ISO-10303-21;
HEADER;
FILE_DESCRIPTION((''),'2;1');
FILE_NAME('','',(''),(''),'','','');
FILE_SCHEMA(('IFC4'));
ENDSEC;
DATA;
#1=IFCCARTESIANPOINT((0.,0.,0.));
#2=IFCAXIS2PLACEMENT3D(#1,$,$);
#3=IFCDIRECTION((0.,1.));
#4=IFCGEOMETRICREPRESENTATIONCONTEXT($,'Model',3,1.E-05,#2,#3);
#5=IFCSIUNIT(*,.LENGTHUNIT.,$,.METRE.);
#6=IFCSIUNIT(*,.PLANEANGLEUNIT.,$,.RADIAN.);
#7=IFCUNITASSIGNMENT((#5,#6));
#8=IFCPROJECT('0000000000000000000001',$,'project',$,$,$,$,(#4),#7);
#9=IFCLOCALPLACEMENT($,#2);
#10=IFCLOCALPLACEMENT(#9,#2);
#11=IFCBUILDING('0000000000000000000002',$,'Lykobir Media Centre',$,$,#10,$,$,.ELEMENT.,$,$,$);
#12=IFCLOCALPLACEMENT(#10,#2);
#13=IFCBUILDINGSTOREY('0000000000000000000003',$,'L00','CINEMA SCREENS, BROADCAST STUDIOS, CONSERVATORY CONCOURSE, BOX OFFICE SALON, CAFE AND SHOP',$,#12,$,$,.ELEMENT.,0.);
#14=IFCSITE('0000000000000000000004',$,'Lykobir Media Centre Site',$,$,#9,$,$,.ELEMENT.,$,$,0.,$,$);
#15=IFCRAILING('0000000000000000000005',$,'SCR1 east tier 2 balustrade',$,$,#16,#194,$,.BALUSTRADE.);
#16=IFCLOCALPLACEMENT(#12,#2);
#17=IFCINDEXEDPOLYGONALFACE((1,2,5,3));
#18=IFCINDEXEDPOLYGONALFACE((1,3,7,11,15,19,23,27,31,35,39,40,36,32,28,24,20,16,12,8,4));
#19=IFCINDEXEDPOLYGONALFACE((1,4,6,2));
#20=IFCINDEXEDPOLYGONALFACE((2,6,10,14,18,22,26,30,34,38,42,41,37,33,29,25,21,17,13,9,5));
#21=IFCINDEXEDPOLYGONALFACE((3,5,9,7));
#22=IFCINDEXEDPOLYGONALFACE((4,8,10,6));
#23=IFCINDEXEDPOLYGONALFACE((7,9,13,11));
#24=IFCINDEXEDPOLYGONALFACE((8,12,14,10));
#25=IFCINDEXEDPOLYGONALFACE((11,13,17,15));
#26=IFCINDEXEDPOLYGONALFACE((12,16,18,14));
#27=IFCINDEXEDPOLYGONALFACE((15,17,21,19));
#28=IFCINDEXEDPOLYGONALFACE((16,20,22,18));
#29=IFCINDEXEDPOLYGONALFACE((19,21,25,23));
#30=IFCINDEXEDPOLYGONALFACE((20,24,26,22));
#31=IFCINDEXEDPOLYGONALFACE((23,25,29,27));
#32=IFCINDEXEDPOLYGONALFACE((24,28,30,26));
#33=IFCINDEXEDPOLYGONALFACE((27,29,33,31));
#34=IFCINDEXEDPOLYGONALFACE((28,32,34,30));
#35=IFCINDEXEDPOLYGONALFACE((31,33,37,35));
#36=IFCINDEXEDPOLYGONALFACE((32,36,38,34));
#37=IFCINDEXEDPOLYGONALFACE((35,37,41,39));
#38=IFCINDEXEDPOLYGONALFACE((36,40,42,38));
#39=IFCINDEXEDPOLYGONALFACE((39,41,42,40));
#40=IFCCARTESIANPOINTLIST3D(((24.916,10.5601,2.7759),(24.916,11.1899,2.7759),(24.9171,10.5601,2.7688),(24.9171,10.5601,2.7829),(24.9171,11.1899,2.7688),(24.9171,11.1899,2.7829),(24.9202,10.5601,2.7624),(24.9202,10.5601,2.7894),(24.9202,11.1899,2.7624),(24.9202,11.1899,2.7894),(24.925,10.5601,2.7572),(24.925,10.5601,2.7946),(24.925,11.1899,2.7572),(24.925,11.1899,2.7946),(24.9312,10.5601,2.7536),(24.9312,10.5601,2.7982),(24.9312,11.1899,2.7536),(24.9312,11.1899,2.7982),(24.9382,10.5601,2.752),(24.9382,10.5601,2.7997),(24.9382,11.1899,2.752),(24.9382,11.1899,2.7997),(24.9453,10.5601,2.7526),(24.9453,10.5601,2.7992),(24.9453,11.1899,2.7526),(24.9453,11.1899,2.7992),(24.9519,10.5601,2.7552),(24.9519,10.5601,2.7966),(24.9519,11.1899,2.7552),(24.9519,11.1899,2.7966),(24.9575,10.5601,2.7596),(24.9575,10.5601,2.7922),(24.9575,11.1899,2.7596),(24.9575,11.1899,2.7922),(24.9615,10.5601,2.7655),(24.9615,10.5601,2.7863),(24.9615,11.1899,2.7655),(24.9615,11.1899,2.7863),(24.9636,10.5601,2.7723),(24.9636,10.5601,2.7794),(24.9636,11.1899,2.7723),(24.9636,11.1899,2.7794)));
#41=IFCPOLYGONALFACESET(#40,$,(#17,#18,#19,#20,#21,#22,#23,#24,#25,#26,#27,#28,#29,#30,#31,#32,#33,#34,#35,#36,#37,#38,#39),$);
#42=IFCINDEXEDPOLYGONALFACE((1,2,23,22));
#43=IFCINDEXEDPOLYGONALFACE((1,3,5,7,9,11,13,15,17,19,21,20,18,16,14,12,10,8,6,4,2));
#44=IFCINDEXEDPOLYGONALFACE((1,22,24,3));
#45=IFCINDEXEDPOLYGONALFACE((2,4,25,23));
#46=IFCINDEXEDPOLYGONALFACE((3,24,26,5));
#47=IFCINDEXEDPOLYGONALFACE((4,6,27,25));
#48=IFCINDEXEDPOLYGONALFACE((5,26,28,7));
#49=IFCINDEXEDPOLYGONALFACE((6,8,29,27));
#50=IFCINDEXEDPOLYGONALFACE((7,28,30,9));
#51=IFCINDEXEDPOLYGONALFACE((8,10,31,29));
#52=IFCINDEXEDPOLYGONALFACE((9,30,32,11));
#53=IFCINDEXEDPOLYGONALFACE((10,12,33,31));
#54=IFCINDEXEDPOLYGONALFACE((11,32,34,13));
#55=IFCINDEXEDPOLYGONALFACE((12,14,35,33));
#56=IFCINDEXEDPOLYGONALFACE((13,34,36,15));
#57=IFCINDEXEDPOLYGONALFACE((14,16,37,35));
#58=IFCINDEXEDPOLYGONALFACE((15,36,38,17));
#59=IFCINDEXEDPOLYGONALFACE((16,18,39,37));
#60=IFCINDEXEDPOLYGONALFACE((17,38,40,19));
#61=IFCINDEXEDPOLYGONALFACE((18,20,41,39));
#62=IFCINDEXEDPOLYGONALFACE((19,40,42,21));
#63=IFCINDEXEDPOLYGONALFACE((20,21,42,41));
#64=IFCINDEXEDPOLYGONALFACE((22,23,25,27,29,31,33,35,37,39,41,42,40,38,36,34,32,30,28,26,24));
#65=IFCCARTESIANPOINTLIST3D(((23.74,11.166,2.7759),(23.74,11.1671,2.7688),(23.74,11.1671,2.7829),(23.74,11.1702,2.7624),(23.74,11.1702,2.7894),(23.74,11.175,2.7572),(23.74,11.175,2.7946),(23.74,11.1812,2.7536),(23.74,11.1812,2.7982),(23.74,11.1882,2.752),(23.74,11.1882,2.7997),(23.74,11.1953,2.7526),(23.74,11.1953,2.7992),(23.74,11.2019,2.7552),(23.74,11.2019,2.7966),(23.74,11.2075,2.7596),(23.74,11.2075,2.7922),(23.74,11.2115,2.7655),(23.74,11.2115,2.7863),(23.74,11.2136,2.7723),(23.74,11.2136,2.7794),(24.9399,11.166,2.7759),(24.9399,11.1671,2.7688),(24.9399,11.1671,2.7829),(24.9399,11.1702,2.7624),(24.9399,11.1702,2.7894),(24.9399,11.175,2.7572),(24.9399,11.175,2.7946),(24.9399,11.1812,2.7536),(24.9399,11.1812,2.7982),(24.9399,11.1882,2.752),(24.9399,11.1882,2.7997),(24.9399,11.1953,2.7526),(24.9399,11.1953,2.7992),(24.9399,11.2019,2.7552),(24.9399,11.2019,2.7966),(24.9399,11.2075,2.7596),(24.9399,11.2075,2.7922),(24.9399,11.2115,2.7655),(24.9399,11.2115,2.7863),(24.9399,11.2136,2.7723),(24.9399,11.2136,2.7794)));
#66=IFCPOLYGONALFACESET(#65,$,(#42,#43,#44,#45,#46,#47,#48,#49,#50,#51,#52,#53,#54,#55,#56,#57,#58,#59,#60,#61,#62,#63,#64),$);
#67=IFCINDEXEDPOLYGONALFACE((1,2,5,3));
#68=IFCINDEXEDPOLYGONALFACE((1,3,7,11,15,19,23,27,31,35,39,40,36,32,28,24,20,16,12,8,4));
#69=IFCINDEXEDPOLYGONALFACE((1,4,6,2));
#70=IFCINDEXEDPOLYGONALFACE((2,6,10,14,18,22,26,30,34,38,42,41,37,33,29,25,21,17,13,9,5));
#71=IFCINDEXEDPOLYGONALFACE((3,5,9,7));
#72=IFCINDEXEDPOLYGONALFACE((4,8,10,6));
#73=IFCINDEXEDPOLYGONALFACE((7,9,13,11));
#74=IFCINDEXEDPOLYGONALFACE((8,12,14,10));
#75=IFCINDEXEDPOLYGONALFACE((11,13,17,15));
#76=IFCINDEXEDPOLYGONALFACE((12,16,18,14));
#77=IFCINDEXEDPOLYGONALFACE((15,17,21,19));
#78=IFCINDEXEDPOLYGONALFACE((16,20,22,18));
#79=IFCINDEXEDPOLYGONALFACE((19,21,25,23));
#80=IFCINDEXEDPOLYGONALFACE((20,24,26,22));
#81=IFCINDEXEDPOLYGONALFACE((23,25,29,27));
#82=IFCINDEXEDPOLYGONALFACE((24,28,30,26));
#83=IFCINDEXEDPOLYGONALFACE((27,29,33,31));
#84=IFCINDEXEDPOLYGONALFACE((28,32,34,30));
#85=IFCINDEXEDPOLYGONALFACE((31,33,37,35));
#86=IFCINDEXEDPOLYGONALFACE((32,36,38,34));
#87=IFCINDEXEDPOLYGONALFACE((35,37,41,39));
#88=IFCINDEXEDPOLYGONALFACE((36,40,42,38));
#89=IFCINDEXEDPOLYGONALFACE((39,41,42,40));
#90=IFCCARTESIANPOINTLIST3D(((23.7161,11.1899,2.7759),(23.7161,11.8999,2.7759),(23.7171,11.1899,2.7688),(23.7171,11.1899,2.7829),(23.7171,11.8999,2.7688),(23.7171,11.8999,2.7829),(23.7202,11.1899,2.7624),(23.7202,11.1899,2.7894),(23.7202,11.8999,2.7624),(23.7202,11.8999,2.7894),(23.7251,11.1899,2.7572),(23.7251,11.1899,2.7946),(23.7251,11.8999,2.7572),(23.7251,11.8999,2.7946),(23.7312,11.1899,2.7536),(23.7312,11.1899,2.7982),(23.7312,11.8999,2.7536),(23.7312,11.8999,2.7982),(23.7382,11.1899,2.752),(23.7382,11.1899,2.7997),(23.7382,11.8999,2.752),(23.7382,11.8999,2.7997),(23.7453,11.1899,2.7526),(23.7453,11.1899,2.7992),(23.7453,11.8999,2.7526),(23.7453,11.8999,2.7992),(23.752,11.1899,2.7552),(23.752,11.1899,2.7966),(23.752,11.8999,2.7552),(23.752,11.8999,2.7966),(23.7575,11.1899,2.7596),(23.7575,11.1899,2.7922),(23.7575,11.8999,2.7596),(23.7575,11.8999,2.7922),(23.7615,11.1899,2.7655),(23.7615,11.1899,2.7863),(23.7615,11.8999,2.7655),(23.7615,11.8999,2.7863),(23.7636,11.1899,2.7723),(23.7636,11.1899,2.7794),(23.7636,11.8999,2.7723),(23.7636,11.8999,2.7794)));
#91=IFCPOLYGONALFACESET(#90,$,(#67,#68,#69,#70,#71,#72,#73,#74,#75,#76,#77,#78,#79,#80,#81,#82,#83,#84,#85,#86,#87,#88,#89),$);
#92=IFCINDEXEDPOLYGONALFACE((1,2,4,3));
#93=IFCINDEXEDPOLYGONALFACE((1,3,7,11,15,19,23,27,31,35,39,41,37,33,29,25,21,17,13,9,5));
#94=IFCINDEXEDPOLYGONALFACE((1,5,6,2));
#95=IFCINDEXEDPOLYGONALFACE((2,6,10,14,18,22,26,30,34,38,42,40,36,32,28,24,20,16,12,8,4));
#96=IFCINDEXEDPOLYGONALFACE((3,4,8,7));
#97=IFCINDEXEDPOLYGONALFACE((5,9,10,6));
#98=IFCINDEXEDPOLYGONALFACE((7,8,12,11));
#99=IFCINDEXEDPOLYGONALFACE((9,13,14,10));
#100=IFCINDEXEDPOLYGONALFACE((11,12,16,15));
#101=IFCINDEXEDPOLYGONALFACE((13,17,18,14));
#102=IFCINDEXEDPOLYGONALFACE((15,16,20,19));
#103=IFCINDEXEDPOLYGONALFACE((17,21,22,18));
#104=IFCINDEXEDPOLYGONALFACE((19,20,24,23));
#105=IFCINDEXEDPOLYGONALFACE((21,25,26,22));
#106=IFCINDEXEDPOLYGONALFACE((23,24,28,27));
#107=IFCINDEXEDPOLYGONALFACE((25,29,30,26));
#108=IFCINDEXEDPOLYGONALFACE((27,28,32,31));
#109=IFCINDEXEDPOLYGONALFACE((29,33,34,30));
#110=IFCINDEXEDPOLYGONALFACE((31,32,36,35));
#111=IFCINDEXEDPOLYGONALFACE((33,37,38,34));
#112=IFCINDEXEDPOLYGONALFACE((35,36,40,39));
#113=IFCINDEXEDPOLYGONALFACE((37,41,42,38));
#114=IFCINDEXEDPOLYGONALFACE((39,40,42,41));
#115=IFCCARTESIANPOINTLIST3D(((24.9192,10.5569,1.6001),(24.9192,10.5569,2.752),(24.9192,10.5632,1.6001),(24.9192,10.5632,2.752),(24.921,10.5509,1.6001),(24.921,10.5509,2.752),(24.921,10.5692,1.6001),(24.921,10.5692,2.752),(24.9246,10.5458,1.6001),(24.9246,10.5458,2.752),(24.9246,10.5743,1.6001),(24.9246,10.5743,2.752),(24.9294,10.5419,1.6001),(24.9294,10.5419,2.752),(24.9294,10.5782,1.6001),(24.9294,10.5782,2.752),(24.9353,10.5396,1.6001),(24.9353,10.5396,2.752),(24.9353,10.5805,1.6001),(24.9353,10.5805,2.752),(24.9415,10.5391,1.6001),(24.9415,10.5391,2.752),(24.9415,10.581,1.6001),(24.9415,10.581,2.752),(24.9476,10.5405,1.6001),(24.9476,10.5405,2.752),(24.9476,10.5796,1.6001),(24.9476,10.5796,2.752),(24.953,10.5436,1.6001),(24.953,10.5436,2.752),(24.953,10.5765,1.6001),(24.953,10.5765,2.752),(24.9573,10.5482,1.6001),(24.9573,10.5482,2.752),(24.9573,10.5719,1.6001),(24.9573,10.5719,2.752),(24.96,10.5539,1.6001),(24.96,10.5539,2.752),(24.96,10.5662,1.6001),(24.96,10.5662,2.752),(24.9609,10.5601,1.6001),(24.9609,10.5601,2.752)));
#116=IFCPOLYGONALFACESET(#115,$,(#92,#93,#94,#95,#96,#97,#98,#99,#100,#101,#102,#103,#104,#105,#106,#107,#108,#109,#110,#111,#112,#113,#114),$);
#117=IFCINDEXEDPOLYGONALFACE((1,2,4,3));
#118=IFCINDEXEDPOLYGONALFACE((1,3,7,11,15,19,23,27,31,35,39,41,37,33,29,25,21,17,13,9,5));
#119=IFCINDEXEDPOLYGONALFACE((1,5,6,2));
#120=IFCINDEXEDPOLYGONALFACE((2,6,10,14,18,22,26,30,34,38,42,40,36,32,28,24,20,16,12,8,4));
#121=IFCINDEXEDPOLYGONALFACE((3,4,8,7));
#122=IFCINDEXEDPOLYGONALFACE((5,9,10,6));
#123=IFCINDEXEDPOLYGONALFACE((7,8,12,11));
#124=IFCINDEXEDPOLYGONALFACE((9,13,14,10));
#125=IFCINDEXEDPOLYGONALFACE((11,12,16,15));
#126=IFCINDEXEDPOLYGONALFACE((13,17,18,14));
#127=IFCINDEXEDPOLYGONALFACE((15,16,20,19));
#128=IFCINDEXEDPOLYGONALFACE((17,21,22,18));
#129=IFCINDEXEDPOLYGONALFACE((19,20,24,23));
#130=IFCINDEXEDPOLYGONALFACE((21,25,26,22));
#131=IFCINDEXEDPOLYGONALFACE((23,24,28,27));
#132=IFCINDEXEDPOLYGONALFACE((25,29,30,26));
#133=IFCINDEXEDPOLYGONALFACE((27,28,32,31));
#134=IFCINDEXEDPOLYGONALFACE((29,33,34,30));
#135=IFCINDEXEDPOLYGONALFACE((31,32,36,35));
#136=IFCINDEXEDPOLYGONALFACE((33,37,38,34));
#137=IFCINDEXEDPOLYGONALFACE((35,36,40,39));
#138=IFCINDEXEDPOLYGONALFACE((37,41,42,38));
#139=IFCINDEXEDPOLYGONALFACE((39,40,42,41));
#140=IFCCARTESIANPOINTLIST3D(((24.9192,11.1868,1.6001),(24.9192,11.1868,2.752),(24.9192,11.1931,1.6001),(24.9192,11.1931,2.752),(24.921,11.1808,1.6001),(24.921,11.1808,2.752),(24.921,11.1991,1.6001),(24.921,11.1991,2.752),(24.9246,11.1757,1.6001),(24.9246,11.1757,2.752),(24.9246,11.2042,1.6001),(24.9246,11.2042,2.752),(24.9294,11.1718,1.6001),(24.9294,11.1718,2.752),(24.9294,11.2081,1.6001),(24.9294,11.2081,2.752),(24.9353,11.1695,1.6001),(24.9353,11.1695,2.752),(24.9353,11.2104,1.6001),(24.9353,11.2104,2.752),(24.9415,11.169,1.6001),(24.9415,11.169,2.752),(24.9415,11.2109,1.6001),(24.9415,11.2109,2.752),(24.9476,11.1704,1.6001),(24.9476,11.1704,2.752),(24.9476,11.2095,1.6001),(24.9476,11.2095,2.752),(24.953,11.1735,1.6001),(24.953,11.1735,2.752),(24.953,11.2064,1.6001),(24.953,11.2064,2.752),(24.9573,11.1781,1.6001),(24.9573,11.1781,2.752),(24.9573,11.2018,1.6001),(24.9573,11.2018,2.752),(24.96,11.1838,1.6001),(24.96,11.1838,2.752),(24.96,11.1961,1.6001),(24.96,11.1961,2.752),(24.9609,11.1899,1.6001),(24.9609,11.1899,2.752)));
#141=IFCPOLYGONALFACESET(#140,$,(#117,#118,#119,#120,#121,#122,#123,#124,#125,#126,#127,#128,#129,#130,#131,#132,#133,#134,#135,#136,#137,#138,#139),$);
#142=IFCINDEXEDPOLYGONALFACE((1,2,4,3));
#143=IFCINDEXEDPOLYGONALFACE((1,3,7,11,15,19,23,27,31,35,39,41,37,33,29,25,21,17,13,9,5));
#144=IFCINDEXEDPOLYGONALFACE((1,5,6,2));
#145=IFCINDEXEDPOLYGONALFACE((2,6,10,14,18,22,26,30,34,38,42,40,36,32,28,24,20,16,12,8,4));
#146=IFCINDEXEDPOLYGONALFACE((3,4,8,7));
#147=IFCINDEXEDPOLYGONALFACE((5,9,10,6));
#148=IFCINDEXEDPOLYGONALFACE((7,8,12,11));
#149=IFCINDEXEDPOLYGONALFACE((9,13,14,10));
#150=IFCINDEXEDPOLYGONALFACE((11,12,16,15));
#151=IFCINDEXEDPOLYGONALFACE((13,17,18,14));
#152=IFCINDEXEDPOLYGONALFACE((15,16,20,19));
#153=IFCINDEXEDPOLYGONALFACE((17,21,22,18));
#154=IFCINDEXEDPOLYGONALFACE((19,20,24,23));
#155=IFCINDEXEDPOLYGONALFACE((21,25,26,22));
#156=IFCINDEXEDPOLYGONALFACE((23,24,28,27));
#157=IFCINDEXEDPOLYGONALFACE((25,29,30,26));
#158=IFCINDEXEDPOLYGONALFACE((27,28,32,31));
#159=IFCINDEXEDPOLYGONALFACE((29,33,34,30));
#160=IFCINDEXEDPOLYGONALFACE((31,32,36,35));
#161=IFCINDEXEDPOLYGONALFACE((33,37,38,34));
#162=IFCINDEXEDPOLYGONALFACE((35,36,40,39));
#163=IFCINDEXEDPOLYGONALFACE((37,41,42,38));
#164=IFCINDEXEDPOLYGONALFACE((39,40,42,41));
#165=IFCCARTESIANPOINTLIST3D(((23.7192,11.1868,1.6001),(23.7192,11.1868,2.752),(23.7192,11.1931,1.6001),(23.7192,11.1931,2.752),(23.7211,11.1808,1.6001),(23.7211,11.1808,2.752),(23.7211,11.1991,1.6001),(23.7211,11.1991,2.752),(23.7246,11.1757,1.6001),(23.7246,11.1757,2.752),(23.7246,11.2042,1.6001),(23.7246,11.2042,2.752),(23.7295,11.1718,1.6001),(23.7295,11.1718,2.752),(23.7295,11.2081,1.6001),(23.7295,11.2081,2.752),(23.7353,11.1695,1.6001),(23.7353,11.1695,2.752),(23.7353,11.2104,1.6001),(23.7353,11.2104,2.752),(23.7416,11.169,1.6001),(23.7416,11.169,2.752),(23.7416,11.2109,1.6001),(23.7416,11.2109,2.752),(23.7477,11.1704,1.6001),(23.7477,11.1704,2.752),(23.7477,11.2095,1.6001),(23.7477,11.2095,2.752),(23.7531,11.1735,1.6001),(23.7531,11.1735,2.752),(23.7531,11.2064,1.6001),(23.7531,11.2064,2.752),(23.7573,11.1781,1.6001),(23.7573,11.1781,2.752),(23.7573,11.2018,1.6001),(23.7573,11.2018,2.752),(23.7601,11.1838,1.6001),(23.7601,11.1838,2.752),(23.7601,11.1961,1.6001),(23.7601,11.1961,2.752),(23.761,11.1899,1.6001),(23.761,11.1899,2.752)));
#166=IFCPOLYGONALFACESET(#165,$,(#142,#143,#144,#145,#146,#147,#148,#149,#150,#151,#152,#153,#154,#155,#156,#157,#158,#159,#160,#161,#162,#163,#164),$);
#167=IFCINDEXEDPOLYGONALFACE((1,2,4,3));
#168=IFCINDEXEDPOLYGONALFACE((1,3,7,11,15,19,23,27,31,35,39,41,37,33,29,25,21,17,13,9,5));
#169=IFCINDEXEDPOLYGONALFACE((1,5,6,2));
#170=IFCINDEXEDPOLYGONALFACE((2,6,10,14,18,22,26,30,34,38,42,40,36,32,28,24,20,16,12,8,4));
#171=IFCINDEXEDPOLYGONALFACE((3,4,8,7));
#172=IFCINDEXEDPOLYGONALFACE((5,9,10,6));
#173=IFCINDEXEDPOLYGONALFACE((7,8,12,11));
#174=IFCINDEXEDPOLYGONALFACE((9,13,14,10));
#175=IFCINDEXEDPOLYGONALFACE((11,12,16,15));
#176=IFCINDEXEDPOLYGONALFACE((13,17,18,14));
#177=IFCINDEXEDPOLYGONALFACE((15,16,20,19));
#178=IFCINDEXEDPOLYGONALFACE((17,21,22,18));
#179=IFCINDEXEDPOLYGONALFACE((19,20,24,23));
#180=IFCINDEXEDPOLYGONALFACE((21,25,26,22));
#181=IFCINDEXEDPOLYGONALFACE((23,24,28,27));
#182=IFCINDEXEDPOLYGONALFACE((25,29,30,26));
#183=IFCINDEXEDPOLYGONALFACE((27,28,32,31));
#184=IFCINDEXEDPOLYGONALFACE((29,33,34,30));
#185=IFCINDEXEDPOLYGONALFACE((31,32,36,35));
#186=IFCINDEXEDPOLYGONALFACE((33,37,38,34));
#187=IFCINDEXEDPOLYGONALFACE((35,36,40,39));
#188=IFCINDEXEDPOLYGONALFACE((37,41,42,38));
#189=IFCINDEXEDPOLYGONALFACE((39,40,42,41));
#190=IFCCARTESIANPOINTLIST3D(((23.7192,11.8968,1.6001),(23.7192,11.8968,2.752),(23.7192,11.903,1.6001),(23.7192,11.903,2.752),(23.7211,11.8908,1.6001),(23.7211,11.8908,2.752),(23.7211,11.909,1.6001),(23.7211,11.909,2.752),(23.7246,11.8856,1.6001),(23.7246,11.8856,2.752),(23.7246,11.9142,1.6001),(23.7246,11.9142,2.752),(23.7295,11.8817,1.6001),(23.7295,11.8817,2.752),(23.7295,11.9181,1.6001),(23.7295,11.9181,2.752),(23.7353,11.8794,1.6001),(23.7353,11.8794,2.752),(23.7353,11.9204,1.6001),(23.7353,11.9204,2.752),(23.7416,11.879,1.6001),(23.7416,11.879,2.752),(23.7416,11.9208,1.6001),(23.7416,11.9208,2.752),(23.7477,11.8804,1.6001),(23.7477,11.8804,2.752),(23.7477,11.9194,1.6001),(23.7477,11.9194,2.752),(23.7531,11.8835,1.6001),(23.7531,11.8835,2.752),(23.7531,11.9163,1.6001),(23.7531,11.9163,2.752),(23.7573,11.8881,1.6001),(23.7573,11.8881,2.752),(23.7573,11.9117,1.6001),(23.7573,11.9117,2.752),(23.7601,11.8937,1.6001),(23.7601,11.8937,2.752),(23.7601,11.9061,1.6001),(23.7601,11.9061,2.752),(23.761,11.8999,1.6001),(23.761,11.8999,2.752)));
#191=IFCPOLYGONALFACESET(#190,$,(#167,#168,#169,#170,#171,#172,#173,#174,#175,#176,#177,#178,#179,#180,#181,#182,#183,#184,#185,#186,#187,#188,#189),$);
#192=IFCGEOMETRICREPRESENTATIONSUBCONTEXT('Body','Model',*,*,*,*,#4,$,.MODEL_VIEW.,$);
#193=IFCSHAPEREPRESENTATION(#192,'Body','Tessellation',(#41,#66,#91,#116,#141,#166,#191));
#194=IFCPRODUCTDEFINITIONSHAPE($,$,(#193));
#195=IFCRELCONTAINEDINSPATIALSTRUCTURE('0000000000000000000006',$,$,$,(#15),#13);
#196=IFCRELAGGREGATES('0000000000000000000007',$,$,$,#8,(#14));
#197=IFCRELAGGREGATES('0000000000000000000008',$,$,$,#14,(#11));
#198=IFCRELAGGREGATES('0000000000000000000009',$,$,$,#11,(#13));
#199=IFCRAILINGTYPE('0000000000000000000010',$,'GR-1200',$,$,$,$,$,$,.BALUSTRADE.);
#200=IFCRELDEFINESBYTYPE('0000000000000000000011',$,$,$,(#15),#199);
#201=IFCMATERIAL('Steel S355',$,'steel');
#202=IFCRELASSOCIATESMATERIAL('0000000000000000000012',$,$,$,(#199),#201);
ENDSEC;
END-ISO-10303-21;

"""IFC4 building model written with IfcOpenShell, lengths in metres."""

from ifc_helpers import new_model, si_unit, direction, frame, origin, origin_2d, place, context, subcontext, project, spatial, circle, extrude, material, type_object, element, save


model = new_model("IFC4")

# Units and contexts
model_context = context("Model", 3, precision=1e-05, world=origin(), true_north=direction((0.0, 1.0)))
body_context = subcontext(model_context, "Body", "Model", "MODEL_VIEW")
ifc_project = project(units=[si_unit("LENGTHUNIT", "METRE"), si_unit("PLANEANGLEUNIT", "RADIAN")], contexts=[model_context])

# Site, building, storey
site_placement = place(None, origin())
site = spatial("IfcSite", under=ifc_project, at=site_placement, Name="Lykobir Media Centre Site", CompositionType="ELEMENT", RefElevation=0.0)
building_placement = place(site_placement, origin())
building = spatial("IfcBuilding", under=site, at=building_placement, Name="Lykobir Media Centre", CompositionType="ELEMENT")
storey_placement = place(building_placement, origin())
storey = spatial("IfcBuildingStorey", under=building, at=storey_placement, Name="L00", Description="CINEMA SCREENS, BROADCAST STUDIOS, CONSERVATORY CONCOURSE, BOX OFFICE SALON, CAFE AND SHOP", CompositionType="ELEMENT", Elevation=0.0)

# Shared definitions
ifc_material_1 = material(Name="Steel S355", Category="steel")

# Railing
railing_type = type_object("IfcRailingType", Name="GR-1200", PredefinedType="BALUSTRADE", material=ifc_material_1)
for number, where, name in (
    (1, (24.9399, 10.5601, 1.6001), "SCR1 east tier 2 balustrade"),
):
    element("IfcRailing", number, at=place(storey_placement, frame(where)), inside=storey, type_object=railing_type, Name=name, PredefinedType="BALUSTRADE", context=body_context, shape_type="SweptSolid", body=[
        extrude(circle(Radius=0.0239, at=origin_2d()), frame((0.0, 0.0, 1.1758), z_axis=(0.0, 1.0, 0.0), x_axis=(-1.0, 0.0, 0.0)), (0.0, 0.0, 1.0), 0.6299),
        extrude(circle(Radius=0.0239, at=origin_2d()), frame((0.0, 0.6299, 1.1758), z_axis=(-1.0, 0.0, 0.0), x_axis=(0.0, -1.0, 0.0)), (0.0, 0.0, 1.0), 1.2),
        extrude(circle(Radius=0.0239, at=origin_2d()), frame((-1.2, 0.6299, 1.1758), z_axis=(0.0, 1.0, 0.0), x_axis=(-1.0, 0.0, 0.0)), (0.0, 0.0, 1.0), 0.71),
        extrude(circle(Radius=0.021, at=origin_2d()), origin(), (0.0, 0.0, 1.0), 1.1519),
        extrude(circle(Radius=0.021, at=origin_2d()), frame((0.0, 0.6299, 0.0)), (0.0, 0.0, 1.0), 1.1519),
        extrude(circle(Radius=0.021, at=origin_2d()), frame((-1.2, 0.6299, 0.0)), (0.0, 0.0, 1.0), 1.1519),
        extrude(circle(Radius=0.021, at=origin_2d()), frame((-1.2, 1.3398, 0.0)), (0.0, 0.0, 1.0), 1.1519),
    ])

save(model, "model.ifc")
